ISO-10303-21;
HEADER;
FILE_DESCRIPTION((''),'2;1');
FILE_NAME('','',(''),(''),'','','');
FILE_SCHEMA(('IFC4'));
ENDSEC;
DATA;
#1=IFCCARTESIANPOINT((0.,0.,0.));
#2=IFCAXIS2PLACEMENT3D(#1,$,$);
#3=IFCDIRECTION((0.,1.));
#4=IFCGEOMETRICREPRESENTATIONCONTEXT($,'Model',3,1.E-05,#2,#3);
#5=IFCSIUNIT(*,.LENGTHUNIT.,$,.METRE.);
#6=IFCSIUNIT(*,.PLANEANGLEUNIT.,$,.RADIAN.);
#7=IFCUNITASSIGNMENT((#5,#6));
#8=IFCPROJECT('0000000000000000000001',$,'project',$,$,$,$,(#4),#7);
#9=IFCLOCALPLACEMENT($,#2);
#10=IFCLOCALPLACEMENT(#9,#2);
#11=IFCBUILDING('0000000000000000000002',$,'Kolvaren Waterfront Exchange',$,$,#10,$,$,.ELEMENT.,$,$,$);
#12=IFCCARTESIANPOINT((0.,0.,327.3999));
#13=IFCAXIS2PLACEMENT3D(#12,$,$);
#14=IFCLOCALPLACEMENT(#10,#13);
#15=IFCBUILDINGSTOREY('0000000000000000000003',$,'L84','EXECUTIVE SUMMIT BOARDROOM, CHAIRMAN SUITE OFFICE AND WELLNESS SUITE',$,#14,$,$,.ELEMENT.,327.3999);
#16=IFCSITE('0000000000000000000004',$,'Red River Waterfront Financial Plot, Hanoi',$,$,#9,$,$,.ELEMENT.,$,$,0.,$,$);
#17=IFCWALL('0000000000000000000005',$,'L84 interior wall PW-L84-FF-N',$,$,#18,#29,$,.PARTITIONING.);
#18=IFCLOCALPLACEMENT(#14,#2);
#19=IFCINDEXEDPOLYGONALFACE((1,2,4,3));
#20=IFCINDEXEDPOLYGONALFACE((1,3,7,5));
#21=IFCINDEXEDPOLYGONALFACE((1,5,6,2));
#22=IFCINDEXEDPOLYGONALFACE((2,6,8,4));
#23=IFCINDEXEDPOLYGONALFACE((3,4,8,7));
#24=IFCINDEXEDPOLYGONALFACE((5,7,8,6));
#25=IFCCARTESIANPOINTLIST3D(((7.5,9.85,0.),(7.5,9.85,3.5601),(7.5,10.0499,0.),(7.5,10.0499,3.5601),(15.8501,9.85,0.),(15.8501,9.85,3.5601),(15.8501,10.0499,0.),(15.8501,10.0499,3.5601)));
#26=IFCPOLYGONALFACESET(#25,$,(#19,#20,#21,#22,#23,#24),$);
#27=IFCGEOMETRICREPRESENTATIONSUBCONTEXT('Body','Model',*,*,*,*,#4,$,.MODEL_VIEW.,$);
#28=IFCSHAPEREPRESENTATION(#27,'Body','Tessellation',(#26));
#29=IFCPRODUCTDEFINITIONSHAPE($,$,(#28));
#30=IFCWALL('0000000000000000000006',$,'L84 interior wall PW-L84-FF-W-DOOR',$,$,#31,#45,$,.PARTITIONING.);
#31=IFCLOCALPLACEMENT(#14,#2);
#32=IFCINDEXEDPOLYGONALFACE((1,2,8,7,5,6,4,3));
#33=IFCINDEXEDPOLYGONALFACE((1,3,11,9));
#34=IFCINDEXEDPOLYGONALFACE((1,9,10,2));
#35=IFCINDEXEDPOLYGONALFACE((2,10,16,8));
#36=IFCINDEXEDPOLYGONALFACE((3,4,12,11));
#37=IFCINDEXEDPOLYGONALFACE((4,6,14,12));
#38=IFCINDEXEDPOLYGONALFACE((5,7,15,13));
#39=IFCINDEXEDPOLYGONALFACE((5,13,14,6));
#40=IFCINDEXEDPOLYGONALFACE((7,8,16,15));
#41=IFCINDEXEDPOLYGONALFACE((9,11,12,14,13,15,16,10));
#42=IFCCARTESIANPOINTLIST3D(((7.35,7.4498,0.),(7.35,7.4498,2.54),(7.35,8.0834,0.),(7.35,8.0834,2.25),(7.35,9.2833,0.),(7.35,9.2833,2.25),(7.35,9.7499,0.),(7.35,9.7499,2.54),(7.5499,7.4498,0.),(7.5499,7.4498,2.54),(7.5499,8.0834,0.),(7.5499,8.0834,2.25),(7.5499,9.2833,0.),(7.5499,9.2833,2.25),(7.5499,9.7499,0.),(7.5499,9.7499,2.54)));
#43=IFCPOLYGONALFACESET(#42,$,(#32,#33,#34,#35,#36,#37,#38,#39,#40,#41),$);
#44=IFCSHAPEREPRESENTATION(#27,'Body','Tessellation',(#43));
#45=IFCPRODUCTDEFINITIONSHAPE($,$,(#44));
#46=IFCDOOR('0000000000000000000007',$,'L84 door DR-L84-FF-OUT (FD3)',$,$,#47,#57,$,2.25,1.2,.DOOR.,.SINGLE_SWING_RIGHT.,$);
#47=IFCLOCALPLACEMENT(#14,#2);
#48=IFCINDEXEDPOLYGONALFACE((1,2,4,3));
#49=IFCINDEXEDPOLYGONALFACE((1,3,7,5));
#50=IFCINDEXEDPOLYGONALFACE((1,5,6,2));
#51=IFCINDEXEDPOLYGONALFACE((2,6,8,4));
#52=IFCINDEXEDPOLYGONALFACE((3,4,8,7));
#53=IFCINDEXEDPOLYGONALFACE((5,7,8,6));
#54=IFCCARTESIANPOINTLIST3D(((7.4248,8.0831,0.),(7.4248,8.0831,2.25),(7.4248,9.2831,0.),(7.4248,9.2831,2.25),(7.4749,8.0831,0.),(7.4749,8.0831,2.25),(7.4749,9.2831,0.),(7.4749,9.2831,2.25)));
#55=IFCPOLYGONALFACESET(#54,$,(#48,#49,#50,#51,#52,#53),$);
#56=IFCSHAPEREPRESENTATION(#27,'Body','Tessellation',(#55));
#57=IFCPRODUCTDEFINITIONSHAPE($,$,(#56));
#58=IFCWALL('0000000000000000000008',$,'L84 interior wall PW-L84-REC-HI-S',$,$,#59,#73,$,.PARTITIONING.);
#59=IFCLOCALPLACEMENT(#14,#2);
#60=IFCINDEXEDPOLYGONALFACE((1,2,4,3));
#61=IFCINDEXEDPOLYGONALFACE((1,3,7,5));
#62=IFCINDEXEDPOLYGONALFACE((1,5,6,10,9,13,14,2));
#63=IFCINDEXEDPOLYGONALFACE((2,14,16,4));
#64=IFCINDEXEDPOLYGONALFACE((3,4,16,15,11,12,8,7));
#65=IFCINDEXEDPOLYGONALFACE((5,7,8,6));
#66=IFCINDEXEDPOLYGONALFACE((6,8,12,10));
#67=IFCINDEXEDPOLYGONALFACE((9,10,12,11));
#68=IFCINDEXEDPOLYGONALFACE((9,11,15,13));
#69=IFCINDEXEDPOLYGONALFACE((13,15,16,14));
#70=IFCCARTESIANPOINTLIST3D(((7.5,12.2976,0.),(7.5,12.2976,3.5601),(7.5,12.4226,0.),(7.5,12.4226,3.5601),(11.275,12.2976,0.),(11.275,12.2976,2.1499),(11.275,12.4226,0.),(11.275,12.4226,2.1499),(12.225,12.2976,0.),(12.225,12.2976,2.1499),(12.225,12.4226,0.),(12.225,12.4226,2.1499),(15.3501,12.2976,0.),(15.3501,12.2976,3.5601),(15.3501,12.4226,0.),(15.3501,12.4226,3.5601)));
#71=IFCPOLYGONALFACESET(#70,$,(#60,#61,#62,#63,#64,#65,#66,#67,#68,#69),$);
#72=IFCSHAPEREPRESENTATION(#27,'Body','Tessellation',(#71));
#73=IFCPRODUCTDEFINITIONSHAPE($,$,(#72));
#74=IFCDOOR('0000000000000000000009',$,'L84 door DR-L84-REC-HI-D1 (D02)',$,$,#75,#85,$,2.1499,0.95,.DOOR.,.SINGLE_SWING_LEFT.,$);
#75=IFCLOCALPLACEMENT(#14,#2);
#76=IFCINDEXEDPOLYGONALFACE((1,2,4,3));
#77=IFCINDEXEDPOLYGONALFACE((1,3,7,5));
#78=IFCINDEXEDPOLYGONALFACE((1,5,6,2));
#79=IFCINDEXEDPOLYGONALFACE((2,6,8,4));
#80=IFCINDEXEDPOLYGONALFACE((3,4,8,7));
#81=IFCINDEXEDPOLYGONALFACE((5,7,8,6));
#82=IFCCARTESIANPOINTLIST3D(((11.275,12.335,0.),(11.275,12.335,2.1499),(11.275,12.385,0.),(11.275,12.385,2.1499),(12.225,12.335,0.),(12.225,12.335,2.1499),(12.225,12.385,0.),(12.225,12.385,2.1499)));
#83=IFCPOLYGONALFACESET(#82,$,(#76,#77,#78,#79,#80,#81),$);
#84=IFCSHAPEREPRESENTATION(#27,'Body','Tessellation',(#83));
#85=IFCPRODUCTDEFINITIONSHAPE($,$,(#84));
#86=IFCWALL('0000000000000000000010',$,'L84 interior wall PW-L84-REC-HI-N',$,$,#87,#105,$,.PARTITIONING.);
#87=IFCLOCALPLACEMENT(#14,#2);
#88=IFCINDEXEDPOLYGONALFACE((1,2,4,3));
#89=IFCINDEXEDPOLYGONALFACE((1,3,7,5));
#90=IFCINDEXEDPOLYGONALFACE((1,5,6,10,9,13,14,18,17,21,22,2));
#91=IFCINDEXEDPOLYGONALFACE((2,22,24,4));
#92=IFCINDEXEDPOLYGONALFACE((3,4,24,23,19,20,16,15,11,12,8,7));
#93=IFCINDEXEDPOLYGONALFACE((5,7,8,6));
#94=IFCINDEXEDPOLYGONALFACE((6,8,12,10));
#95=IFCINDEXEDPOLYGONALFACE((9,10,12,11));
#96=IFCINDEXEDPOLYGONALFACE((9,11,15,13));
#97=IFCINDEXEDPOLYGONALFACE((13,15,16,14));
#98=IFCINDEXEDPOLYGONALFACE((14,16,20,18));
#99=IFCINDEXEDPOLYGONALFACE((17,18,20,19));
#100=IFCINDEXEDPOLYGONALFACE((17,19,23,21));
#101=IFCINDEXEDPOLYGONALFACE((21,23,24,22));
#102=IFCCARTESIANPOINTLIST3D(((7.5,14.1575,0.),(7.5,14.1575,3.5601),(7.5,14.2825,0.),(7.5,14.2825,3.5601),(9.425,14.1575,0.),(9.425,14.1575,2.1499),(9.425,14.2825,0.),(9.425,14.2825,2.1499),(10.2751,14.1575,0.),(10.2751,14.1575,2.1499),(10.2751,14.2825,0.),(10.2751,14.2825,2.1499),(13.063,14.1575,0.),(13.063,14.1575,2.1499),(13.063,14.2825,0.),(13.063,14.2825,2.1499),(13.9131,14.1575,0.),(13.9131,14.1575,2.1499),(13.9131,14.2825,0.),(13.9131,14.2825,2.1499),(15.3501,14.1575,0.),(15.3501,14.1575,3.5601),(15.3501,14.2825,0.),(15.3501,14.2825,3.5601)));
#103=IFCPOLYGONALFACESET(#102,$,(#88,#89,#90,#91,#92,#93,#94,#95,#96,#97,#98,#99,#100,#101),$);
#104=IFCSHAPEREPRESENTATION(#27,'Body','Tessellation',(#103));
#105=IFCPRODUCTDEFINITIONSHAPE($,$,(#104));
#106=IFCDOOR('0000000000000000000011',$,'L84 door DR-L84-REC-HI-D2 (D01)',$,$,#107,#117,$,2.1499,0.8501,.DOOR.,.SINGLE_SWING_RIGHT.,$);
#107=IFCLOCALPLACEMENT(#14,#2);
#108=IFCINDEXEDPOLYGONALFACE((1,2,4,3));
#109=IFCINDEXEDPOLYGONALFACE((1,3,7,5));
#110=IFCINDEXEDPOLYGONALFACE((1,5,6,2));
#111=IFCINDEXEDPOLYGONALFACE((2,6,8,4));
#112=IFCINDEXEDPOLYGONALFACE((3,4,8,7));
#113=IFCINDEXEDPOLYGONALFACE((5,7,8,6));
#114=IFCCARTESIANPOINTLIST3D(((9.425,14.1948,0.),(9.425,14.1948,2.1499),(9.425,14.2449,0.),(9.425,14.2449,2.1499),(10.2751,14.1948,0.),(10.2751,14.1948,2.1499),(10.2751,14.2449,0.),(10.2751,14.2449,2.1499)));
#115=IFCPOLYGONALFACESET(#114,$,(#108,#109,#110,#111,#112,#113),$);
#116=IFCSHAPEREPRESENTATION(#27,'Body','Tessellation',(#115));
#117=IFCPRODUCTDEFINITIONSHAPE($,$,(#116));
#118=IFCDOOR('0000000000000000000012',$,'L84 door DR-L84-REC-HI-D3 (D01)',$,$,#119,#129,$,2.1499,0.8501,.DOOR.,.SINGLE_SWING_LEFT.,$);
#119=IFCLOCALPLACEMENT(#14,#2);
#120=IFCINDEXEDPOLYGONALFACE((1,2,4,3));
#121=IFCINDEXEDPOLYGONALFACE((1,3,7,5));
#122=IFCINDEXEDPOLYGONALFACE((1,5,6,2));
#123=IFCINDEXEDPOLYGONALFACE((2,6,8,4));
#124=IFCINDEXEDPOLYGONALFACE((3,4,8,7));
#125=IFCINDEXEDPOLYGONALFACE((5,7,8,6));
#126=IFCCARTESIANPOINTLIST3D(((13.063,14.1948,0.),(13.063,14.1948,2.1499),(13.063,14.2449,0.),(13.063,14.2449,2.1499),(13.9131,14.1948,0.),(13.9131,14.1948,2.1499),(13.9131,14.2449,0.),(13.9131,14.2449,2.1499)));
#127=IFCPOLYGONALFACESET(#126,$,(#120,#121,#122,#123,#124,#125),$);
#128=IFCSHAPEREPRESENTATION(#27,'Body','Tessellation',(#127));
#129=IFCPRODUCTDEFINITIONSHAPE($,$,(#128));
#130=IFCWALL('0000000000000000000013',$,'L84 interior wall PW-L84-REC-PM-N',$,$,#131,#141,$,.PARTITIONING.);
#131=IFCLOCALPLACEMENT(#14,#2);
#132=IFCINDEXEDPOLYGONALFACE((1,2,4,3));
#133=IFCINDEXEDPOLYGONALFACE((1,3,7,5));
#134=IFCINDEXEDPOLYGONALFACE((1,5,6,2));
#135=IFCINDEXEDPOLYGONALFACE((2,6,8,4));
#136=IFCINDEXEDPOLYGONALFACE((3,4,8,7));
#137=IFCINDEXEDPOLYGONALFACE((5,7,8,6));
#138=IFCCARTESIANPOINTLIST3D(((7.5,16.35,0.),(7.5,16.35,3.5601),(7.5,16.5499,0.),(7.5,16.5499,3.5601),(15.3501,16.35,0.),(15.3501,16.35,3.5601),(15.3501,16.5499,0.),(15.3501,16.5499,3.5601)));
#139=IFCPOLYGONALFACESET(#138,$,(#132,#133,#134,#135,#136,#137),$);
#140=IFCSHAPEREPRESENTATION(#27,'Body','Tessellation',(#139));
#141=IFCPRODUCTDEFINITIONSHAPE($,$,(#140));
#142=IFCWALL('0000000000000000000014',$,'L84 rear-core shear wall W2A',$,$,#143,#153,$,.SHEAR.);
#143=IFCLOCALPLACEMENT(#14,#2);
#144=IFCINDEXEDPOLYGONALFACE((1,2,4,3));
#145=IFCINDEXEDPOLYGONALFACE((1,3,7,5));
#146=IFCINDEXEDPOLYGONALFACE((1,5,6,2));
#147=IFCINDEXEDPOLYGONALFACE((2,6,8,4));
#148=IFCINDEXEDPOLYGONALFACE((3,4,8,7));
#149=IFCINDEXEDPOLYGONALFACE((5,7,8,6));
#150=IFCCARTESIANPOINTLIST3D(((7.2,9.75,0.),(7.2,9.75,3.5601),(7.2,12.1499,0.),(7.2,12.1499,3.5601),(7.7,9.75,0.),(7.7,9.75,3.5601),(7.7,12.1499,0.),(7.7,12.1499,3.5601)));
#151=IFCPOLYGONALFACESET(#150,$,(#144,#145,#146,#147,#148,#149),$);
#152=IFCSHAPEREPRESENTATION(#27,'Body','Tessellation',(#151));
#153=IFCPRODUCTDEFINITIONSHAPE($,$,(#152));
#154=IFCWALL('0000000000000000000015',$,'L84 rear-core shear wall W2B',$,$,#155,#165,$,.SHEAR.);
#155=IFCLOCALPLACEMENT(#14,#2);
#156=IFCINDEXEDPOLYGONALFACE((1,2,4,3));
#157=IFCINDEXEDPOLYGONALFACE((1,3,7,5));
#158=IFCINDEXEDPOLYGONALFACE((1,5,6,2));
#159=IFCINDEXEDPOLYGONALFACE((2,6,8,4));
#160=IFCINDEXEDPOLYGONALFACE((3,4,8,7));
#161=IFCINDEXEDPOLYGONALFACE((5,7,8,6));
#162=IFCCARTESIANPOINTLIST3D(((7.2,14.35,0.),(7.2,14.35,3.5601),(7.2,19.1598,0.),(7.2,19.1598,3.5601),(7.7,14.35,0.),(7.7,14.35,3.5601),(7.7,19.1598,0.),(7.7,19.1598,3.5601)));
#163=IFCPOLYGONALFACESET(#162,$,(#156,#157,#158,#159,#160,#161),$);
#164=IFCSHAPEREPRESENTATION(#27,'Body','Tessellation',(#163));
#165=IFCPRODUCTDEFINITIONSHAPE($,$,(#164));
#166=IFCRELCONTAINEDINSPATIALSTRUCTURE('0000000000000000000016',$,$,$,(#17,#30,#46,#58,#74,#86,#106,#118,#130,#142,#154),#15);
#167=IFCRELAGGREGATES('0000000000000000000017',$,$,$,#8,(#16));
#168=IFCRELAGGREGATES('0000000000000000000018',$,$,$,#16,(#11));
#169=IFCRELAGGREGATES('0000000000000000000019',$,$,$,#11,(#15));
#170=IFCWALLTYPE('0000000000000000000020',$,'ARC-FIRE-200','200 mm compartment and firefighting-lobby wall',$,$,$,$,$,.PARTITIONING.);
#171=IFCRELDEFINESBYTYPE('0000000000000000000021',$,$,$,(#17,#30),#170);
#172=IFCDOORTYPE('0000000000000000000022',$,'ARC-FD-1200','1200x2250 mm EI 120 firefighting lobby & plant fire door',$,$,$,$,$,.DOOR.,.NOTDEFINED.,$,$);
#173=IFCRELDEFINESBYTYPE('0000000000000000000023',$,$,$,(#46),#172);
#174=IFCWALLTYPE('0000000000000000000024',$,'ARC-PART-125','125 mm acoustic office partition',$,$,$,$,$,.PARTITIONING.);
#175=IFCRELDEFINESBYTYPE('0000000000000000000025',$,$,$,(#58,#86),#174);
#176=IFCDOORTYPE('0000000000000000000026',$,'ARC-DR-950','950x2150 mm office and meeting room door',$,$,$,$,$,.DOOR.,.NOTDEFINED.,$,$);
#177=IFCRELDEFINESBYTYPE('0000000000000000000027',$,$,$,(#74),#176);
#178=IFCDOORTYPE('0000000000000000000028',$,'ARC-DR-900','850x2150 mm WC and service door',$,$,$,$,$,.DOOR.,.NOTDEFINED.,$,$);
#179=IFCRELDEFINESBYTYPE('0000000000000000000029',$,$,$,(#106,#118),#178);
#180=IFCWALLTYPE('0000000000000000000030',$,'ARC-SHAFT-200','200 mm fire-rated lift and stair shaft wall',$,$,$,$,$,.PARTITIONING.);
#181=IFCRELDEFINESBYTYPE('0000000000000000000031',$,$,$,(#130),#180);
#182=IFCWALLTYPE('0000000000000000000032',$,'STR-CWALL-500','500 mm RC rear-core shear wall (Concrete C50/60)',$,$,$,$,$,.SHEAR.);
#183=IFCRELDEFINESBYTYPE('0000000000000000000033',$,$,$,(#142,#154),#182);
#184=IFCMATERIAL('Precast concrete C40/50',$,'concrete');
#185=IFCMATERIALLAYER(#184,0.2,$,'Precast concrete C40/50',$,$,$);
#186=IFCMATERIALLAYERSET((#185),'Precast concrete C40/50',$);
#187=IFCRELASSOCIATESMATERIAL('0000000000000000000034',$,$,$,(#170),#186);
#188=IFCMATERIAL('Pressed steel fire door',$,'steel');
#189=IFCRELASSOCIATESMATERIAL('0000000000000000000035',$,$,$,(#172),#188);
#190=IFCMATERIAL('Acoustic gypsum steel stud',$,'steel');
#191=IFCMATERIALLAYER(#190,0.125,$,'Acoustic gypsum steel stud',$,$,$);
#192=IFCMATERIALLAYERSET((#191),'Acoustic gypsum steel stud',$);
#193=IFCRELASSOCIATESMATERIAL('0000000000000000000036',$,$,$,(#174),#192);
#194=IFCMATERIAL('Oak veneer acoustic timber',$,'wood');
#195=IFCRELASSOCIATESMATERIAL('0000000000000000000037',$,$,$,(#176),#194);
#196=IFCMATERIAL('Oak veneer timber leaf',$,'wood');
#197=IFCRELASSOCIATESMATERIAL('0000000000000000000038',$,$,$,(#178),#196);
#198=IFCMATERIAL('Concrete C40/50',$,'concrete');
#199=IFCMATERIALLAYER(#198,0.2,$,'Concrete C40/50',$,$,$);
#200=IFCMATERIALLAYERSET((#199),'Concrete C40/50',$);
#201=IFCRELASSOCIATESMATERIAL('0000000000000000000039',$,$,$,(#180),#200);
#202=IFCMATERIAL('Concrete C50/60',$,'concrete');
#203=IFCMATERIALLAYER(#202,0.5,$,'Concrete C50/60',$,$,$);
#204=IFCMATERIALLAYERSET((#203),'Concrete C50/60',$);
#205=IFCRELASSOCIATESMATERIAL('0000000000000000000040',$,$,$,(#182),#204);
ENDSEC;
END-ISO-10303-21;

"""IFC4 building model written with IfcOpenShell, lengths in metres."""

from ifc_helpers import new_model, si_unit, direction, frame, frame_2d, origin, place, context, subcontext, project, spatial, rectangle, extrude, material, layer, layer_set, type_object, element, fill, save


model = new_model("IFC4")

# Units and contexts
model_context = context("Model", 3, precision=1e-05, world=origin(), true_north=direction((0.0, 1.0)))
body_context = subcontext(model_context, "Body", "Model", "MODEL_VIEW")
ifc_project = project(units=[si_unit("LENGTHUNIT", "METRE"), si_unit("PLANEANGLEUNIT", "RADIAN")], contexts=[model_context])

# Site, building, storey
site_placement = place(None, origin())
site = spatial("IfcSite", under=ifc_project, at=site_placement, Name="Red River Waterfront Financial Plot, Hanoi", CompositionType="ELEMENT", RefElevation=0.0)
building_placement = place(site_placement, origin())
building = spatial("IfcBuilding", under=site, at=building_placement, Name="Kolvaren Waterfront Exchange", CompositionType="ELEMENT")
storey_placement = place(building_placement, frame((0.0, 0.0, 327.3999)))
storey = spatial("IfcBuildingStorey", under=building, at=storey_placement, Name="L84", Description="EXECUTIVE SUMMIT BOARDROOM, CHAIRMAN SUITE OFFICE AND WELLNESS SUITE", CompositionType="ELEMENT", Elevation=327.3999)

# Wall
ifc_material_1 = material(Name="Precast concrete C40/50", Category="concrete")
ifc_layer_1 = layer(ifc_material_1, 0.2, Name="Precast concrete C40/50")
ifc_layer_set_1 = layer_set([ifc_layer_1], Name="Precast concrete C40/50")
wall_type_1 = type_object("IfcWallType", Name="ARC-FIRE-200", Description="200 mm compartment and firefighting-lobby wall", PredefinedType="PARTITIONING", material=ifc_layer_set_1)
wall_1_placement = place(storey_placement, frame((7.5, 9.95, 0.0), z_axis=(0.0, 0.0, 1.0), x_axis=(1.0, 0.0, 0.0)))
element("IfcWall", 1, at=wall_1_placement, inside=storey, type_object=wall_type_1, Name="L84 interior wall PW-L84-FF-N", PredefinedType="PARTITIONING", context=body_context, shape_type="SweptSolid", body=[
    extrude(rectangle(XDim=8.3501, YDim=0.2, at=frame_2d((4.175, 0.0))), origin(), (0.0, 0.0, 1.0), 3.5601),
])

# Walls, openings, doors
wall_2_placement = place(storey_placement, frame((7.45, 7.45, 0.0), z_axis=(0.0, 0.0, 1.0), x_axis=(0.0, 1.0, 0.0)))
wall_2 = element("IfcWall", 2, at=wall_2_placement, inside=storey, type_object=wall_type_1, Name="L84 interior wall PW-L84-FF-W-DOOR", PredefinedType="PARTITIONING", context=body_context, shape_type="SweptSolid", body=[
    extrude(rectangle(XDim=2.3, YDim=0.2, at=frame_2d((1.1499, 0.0))), origin(), (0.0, 0.0, 1.0), 2.54),
])
opening_1_placement = place(wall_2_placement, frame((0.6333, 0.0, 0.0)))
opening_1 = element("IfcOpeningElement", 3, at=opening_1_placement, cuts=wall_2, PredefinedType="OPENING", context=body_context, shape_type="SweptSolid", body=[
    extrude(rectangle(XDim=1.2, YDim=2.25, at=frame_2d((0.6001, 1.125))), frame((0.0, 0.1099, 0.0), z_axis=(0.0, -1.0, 0.0), x_axis=(1.0, 0.0, 0.0)), (0.0, 0.0, 1.0), 0.22),
])
ifc_material_2 = material(Name="Pressed steel fire door", Category="steel")
door_type_1 = type_object("IfcDoorType", Name="ARC-FD-1200", Description="1200x2250 mm EI 120 firefighting lobby & plant fire door", OperationType="NOTDEFINED", PredefinedType="DOOR", material=ifc_material_2)
door_1_placement = place(opening_1_placement, frame((1.2, 0.0, 0.0), z_axis=(0.0, 0.0, 1.0), x_axis=(-1.0, 0.0, 0.0)))
door_1 = element("IfcDoor", 4, at=door_1_placement, inside=storey, type_object=door_type_1, Name="L84 door DR-L84-FF-OUT (FD3)", OperationType="SINGLE_SWING_RIGHT", OverallHeight=2.25, OverallWidth=1.2, PredefinedType="DOOR", context=body_context, shape_type="SweptSolid", body=[
    extrude(rectangle(XDim=1.2, YDim=2.25, at=frame_2d((0.6001, 1.125))), frame((0.0, 0.0249, 0.0), z_axis=(0.0, -1.0, 0.0), x_axis=(1.0, 0.0, 0.0)), (0.0, 0.0, 1.0), 0.05),
])
fill(opening_1, door_1)
ifc_material_3 = material(Name="Acoustic gypsum steel stud", Category="steel")
ifc_layer_2 = layer(ifc_material_3, 0.125, Name="Acoustic gypsum steel stud")
ifc_layer_set_2 = layer_set([ifc_layer_2], Name="Acoustic gypsum steel stud")
wall_type_2 = type_object("IfcWallType", Name="ARC-PART-125", Description="125 mm acoustic office partition", PredefinedType="PARTITIONING", material=ifc_layer_set_2)
wall_3_placement = place(storey_placement, frame((7.5, 12.3601, 0.0), z_axis=(0.0, 0.0, 1.0), x_axis=(1.0, 0.0, 0.0)))
wall_3 = element("IfcWall", 5, at=wall_3_placement, inside=storey, type_object=wall_type_2, Name="L84 interior wall PW-L84-REC-HI-S", PredefinedType="PARTITIONING", context=body_context, shape_type="SweptSolid", body=[
    extrude(rectangle(XDim=7.8501, YDim=0.125, at=frame_2d((3.925, 0.0))), origin(), (0.0, 0.0, 1.0), 3.5601),
])
opening_2_placement = place(wall_3_placement, frame((3.7749, 0.0, 0.0)))
opening_2 = element("IfcOpeningElement", 6, at=opening_2_placement, cuts=wall_3, PredefinedType="OPENING", context=body_context, shape_type="SweptSolid", body=[
    extrude(rectangle(XDim=0.95, YDim=2.1499, at=frame_2d((0.4751, 1.075))), frame((0.0, 0.0725, 0.0), z_axis=(0.0, -1.0, 0.0), x_axis=(1.0, 0.0, 0.0)), (0.0, 0.0, 1.0), 0.145),
])
ifc_material_4 = material(Name="Oak veneer acoustic timber", Category="wood")
door_type_2 = type_object("IfcDoorType", Name="ARC-DR-950", Description="950x2150 mm office and meeting room door", OperationType="NOTDEFINED", PredefinedType="DOOR", material=ifc_material_4)
door_2_placement = place(opening_2_placement, origin())
door_2 = element("IfcDoor", 7, at=door_2_placement, inside=storey, type_object=door_type_2, Name="L84 door DR-L84-REC-HI-D1 (D02)", OperationType="SINGLE_SWING_LEFT", OverallHeight=2.1499, OverallWidth=0.95, PredefinedType="DOOR", context=body_context, shape_type="SweptSolid", body=[
    extrude(rectangle(XDim=0.95, YDim=2.1499, at=frame_2d((0.4751, 1.075))), frame((0.0, 0.0249, 0.0), z_axis=(0.0, -1.0, 0.0), x_axis=(1.0, 0.0, 0.0)), (0.0, 0.0, 1.0), 0.05),
])
fill(opening_2, door_2)

# Wall, openings, doors
wall_4_placement = place(storey_placement, frame((7.5, 14.22, 0.0), z_axis=(0.0, 0.0, 1.0), x_axis=(1.0, 0.0, 0.0)))
wall_4 = element("IfcWall", 8, at=wall_4_placement, inside=storey, type_object=wall_type_2, Name="L84 interior wall PW-L84-REC-HI-N", PredefinedType="PARTITIONING", context=body_context, shape_type="SweptSolid", body=[
    extrude(rectangle(XDim=7.8501, YDim=0.125, at=frame_2d((3.925, 0.0))), origin(), (0.0, 0.0, 1.0), 3.5601),
])
opening_3_placement = place(wall_4_placement, frame((1.925, 0.0, 0.0)))
opening_3 = element("IfcOpeningElement", 9, at=opening_3_placement, cuts=wall_4, PredefinedType="OPENING", context=body_context, shape_type="SweptSolid", body=[
    extrude(rectangle(XDim=0.8501, YDim=2.1499, at=frame_2d((0.425, 1.075))), frame((0.0, 0.0725, 0.0), z_axis=(0.0, -1.0, 0.0), x_axis=(1.0, 0.0, 0.0)), (0.0, 0.0, 1.0), 0.145),
])
opening_4_placement = place(wall_4_placement, frame((5.563, 0.0, 0.0)))
opening_4 = element("IfcOpeningElement", 10, at=opening_4_placement, cuts=wall_4, PredefinedType="OPENING", context=body_context, shape_type="SweptSolid", body=[
    extrude(rectangle(XDim=0.8501, YDim=2.1499, at=frame_2d((0.425, 1.075))), frame((0.0, 0.0725, 0.0), z_axis=(0.0, -1.0, 0.0), x_axis=(1.0, 0.0, 0.0)), (0.0, 0.0, 1.0), 0.145),
])
ifc_material_5 = material(Name="Oak veneer timber leaf", Category="wood")
door_type_3 = type_object("IfcDoorType", Name="ARC-DR-900", Description="850x2150 mm WC and service door", OperationType="NOTDEFINED", PredefinedType="DOOR", material=ifc_material_5)
door_3_placement = place(opening_3_placement, origin())
door_3 = element("IfcDoor", 11, at=door_3_placement, inside=storey, type_object=door_type_3, Name="L84 door DR-L84-REC-HI-D2 (D01)", OperationType="SINGLE_SWING_RIGHT", OverallHeight=2.1499, OverallWidth=0.8501, PredefinedType="DOOR", context=body_context, shape_type="SweptSolid", body=[
    extrude(rectangle(XDim=0.8501, YDim=2.1499, at=frame_2d((0.425, 1.075))), frame((0.0, 0.0249, 0.0), z_axis=(0.0, -1.0, 0.0), x_axis=(1.0, 0.0, 0.0)), (0.0, 0.0, 1.0), 0.05),
])
fill(opening_3, door_3)
door_4_placement = place(opening_4_placement, origin())
door_4 = element("IfcDoor", 12, at=door_4_placement, inside=storey, type_object=door_type_3, Name="L84 door DR-L84-REC-HI-D3 (D01)", OperationType="SINGLE_SWING_LEFT", OverallHeight=2.1499, OverallWidth=0.8501, PredefinedType="DOOR", context=body_context, shape_type="SweptSolid", body=[
    extrude(rectangle(XDim=0.8501, YDim=2.1499, at=frame_2d((0.425, 1.075))), frame((0.0, 0.0249, 0.0), z_axis=(0.0, -1.0, 0.0), x_axis=(1.0, 0.0, 0.0)), (0.0, 0.0, 1.0), 0.05),
])
fill(opening_4, door_4)

# Walls
ifc_material_6 = material(Name="Concrete C40/50", Category="concrete")
ifc_layer_3 = layer(ifc_material_6, 0.2, Name="Concrete C40/50")
ifc_layer_set_3 = layer_set([ifc_layer_3], Name="Concrete C40/50")
wall_type_3 = type_object("IfcWallType", Name="ARC-SHAFT-200", Description="200 mm fire-rated lift and stair shaft wall", PredefinedType="PARTITIONING", material=ifc_layer_set_3)
wall_5_placement = place(storey_placement, frame((7.5, 16.45, 0.0), z_axis=(0.0, 0.0, 1.0), x_axis=(1.0, 0.0, 0.0)))
element("IfcWall", 13, at=wall_5_placement, inside=storey, type_object=wall_type_3, Name="L84 interior wall PW-L84-REC-PM-N", PredefinedType="PARTITIONING", context=body_context, shape_type="SweptSolid", body=[
    extrude(rectangle(XDim=7.8501, YDim=0.2, at=frame_2d((3.925, 0.0))), origin(), (0.0, 0.0, 1.0), 3.5601),
])
ifc_material_7 = material(Name="Concrete C50/60", Category="concrete")
ifc_layer_4 = layer(ifc_material_7, 0.5, Name="Concrete C50/60")
ifc_layer_set_4 = layer_set([ifc_layer_4], Name="Concrete C50/60")
wall_type_4 = type_object("IfcWallType", Name="STR-CWALL-500", Description="500 mm RC rear-core shear wall (Concrete C50/60)", PredefinedType="SHEAR", material=ifc_layer_set_4)
wall_6_placement = place(storey_placement, frame((7.45, 9.75, 0.0), z_axis=(0.0, 0.0, 1.0), x_axis=(0.0, 1.0, 0.0)))
element("IfcWall", 14, at=wall_6_placement, inside=storey, type_object=wall_type_4, Name="L84 rear-core shear wall W2A", PredefinedType="SHEAR", context=body_context, shape_type="SweptSolid", body=[
    extrude(rectangle(XDim=2.3999, YDim=0.5, at=frame_2d((1.2, 0.0))), origin(), (0.0, 0.0, 1.0), 3.5601),
])
wall_7_placement = place(storey_placement, frame((7.45, 14.3501, 0.0), z_axis=(0.0, 0.0, 1.0), x_axis=(0.0, 1.0, 0.0)))
element("IfcWall", 15, at=wall_7_placement, inside=storey, type_object=wall_type_4, Name="L84 rear-core shear wall W2B", PredefinedType="SHEAR", context=body_context, shape_type="SweptSolid", body=[
    extrude(rectangle(XDim=4.8098, YDim=0.5, at=frame_2d((2.4048, 0.0))), origin(), (0.0, 0.0, 1.0), 3.5601),
])

save(model, "model.ifc")
